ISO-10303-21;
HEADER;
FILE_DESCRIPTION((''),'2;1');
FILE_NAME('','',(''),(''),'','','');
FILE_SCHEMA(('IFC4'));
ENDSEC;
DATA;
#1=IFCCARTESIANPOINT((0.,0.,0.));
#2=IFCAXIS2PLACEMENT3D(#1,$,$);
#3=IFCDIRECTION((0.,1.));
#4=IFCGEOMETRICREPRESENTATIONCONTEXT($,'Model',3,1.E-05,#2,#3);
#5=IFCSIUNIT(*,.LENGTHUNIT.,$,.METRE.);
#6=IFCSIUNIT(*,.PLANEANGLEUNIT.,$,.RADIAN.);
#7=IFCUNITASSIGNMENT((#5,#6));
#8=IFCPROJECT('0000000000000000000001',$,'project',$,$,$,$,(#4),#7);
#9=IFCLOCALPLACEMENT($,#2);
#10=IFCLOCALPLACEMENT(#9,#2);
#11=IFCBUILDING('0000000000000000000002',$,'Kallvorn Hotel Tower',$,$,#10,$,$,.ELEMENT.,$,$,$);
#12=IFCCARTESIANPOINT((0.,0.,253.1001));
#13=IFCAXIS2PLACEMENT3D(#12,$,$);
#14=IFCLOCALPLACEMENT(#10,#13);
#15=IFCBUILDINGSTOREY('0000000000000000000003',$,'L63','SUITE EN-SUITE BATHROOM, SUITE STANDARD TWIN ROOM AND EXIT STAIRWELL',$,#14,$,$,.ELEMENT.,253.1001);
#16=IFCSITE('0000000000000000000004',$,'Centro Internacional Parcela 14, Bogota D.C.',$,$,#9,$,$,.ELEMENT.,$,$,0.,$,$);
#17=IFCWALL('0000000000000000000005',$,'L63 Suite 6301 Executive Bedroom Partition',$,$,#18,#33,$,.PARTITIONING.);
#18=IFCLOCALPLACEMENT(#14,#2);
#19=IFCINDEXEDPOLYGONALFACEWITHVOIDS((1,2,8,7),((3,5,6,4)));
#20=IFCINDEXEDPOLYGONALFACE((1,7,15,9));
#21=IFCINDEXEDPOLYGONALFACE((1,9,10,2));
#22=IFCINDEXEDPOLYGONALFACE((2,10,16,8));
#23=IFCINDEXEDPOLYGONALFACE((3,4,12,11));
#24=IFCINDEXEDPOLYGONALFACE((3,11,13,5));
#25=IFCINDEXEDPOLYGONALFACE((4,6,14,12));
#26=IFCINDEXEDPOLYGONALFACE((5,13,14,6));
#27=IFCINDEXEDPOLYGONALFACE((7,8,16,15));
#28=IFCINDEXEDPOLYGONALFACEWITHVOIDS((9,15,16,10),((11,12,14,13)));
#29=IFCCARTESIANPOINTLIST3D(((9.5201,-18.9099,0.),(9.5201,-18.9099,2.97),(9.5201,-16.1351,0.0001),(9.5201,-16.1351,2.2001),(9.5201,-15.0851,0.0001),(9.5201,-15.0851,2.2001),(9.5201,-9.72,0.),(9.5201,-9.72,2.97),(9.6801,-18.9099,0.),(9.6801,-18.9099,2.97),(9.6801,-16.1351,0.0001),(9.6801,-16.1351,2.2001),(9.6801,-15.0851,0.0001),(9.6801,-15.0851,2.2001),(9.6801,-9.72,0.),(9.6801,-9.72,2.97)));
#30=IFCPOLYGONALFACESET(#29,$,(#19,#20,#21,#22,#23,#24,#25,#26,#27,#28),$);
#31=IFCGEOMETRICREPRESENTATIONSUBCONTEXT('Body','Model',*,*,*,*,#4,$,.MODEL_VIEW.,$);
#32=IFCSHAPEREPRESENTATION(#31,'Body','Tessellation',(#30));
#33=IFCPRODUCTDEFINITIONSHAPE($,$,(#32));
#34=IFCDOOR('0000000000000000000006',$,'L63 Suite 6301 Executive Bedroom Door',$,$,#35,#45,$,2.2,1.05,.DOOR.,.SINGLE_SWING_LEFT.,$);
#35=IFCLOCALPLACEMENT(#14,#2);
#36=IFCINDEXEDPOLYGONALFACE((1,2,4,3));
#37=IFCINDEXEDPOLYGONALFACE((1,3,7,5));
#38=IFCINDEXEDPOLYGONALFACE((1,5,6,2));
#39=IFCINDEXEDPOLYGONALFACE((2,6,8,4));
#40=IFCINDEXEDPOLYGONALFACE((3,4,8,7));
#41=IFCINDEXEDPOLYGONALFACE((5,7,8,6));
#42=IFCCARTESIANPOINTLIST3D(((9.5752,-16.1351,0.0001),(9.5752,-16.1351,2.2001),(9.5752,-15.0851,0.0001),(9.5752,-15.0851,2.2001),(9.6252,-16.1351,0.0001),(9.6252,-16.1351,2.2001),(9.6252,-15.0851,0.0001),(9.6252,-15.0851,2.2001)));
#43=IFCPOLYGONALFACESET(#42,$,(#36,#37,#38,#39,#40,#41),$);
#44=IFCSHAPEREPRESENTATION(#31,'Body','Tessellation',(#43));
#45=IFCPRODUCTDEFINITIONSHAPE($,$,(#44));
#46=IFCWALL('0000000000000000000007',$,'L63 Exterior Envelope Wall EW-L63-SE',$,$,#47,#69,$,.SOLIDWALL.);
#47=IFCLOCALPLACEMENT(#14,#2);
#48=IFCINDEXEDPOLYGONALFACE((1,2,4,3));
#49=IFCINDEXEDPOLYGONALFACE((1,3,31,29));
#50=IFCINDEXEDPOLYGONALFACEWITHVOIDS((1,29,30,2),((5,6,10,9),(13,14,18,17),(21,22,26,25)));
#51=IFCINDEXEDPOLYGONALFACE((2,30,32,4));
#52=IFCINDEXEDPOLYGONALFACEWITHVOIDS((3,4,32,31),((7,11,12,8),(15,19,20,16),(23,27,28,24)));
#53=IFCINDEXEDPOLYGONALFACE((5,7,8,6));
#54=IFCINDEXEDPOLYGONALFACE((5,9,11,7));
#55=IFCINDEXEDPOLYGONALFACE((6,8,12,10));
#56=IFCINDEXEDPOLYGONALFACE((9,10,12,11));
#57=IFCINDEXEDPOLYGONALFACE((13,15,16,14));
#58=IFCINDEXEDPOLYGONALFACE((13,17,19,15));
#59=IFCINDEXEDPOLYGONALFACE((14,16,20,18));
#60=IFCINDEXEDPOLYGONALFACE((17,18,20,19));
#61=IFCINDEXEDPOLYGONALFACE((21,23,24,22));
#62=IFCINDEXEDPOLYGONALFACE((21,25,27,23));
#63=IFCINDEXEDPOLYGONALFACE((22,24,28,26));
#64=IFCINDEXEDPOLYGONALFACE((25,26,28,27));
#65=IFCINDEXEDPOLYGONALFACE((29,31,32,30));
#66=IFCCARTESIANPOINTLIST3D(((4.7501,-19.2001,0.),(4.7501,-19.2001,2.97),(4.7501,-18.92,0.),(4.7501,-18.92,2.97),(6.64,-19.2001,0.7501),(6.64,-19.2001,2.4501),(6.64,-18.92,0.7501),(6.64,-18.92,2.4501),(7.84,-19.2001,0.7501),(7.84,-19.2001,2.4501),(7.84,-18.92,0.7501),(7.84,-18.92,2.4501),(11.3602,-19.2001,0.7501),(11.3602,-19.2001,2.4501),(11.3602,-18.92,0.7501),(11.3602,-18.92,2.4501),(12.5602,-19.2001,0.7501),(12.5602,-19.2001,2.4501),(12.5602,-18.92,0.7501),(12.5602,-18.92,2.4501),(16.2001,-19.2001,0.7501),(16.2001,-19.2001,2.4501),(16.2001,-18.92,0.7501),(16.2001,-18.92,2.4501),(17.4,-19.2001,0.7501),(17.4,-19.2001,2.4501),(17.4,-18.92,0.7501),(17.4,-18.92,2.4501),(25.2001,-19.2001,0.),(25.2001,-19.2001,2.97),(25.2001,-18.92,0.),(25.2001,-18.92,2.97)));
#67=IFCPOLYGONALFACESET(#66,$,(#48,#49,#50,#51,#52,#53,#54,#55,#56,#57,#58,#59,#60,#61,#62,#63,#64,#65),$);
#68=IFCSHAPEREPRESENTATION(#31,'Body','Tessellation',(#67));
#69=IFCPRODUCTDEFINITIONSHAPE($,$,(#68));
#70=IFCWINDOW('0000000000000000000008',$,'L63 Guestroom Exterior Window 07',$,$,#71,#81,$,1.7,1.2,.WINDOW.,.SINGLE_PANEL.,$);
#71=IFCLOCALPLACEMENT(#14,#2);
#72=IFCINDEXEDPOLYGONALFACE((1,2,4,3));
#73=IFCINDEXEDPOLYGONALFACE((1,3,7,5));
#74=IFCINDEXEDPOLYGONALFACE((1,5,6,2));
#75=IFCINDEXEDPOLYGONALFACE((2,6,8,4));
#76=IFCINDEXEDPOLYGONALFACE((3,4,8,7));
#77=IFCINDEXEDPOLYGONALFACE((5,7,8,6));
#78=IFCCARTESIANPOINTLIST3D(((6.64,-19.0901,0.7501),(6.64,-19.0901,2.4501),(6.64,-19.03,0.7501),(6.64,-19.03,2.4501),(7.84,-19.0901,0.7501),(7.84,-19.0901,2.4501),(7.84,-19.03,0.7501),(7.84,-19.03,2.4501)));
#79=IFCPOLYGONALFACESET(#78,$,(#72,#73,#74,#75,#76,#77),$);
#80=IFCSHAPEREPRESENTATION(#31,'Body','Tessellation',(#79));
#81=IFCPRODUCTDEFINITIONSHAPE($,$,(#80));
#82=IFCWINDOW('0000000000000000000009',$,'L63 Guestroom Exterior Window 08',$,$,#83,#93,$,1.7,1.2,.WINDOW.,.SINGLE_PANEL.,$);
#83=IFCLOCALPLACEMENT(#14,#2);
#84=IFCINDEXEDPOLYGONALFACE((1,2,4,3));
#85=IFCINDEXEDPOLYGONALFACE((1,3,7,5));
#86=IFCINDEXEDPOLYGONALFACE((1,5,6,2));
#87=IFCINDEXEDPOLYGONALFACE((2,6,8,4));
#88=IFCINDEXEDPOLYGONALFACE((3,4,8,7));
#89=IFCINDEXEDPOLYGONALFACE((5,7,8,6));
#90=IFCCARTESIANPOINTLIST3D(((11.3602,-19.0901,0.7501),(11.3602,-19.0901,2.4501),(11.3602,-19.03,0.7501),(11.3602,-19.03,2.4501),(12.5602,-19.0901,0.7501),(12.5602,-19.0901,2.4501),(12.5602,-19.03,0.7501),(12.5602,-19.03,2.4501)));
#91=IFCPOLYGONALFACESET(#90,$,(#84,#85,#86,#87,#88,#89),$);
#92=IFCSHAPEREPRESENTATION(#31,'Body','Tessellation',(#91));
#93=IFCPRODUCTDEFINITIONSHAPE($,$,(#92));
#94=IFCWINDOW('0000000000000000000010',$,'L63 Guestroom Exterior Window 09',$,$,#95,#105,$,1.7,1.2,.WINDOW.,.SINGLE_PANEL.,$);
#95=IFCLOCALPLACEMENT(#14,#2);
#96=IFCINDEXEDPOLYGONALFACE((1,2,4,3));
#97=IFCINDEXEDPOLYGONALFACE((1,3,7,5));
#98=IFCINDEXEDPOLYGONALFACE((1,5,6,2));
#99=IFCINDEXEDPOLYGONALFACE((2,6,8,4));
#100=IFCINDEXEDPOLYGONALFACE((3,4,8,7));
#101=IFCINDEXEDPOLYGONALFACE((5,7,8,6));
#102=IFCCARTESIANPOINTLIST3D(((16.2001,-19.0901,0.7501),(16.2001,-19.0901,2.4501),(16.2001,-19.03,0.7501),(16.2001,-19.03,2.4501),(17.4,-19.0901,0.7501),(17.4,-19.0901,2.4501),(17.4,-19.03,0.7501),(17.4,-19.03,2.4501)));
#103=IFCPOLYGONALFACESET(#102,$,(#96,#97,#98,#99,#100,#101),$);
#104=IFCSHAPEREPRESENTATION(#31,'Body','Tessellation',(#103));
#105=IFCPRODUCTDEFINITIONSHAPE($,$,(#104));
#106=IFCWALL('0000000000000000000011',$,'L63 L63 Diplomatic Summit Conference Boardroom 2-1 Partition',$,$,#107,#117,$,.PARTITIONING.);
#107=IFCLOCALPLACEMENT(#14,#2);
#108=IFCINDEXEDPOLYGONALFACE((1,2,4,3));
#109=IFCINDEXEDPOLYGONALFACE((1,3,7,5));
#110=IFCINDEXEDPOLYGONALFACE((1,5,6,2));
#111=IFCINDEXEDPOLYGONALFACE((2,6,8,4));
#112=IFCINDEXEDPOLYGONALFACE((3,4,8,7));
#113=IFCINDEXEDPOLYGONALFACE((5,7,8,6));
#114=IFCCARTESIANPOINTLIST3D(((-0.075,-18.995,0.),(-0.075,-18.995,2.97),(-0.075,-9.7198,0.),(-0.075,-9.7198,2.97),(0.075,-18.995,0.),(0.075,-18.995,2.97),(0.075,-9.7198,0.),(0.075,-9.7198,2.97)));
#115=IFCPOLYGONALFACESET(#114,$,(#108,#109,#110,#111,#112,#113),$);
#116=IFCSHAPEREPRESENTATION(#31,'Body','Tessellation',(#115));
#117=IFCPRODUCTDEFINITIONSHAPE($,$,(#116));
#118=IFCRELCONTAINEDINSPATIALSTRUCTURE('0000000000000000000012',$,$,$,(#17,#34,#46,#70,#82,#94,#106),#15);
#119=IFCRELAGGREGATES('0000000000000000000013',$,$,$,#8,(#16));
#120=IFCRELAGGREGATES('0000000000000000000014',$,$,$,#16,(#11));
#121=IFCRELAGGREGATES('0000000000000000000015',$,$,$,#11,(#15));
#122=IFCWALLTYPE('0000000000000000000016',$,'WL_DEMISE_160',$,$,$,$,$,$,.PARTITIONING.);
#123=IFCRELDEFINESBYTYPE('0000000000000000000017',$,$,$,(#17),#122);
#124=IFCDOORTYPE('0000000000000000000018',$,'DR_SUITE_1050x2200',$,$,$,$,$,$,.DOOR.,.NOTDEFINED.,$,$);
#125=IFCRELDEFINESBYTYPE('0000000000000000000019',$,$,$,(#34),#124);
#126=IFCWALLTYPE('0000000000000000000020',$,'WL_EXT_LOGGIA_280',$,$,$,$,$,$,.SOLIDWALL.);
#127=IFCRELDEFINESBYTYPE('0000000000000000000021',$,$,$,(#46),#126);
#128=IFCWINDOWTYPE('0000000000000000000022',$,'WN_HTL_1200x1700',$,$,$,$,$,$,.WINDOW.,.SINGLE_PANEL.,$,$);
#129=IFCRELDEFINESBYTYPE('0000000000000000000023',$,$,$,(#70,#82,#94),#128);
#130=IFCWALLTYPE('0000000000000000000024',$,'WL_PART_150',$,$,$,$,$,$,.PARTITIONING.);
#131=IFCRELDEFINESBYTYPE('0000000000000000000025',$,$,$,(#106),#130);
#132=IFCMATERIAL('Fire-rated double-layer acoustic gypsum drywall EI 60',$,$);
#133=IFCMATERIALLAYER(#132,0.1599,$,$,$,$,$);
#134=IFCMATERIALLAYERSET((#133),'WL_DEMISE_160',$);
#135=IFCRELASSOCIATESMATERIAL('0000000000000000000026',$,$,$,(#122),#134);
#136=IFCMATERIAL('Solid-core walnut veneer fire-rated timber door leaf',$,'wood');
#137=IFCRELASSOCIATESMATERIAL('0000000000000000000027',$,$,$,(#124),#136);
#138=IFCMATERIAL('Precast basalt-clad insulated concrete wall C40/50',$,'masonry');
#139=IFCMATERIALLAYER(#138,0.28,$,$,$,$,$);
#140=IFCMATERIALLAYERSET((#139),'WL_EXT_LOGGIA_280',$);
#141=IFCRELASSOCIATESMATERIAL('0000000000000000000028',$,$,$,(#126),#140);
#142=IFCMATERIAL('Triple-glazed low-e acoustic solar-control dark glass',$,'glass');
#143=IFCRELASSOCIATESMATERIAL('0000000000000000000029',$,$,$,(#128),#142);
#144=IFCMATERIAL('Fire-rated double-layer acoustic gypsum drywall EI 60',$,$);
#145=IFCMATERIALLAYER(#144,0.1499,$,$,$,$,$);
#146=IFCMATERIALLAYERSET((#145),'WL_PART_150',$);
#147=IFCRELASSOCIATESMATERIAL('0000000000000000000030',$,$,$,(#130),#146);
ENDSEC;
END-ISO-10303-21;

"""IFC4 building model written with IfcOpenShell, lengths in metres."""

from ifc_helpers import new_model, si_unit, direction, frame, frame_2d, origin, place, context, subcontext, project, spatial, rectangle, extrude, material, layer, layer_set, type_object, element, fill, save


model = new_model("IFC4")

# Units and contexts
model_context = context("Model", 3, precision=1e-05, world=origin(), true_north=direction((0.0, 1.0)))
body_context = subcontext(model_context, "Body", "Model", "MODEL_VIEW")
ifc_project = project(units=[si_unit("LENGTHUNIT", "METRE"), si_unit("PLANEANGLEUNIT", "RADIAN")], contexts=[model_context])

# Site, building, storey
site_placement = place(None, origin())
site = spatial("IfcSite", under=ifc_project, at=site_placement, Name="Centro Internacional Parcela 14, Bogota D.C.", CompositionType="ELEMENT", RefElevation=0.0)
building_placement = place(site_placement, origin())
building = spatial("IfcBuilding", under=site, at=building_placement, Name="Kallvorn Hotel Tower", CompositionType="ELEMENT")
storey_placement = place(building_placement, frame((0.0, 0.0, 253.1001)))
storey = spatial("IfcBuildingStorey", under=building, at=storey_placement, Name="L63", Description="SUITE EN-SUITE BATHROOM, SUITE STANDARD TWIN ROOM AND EXIT STAIRWELL", CompositionType="ELEMENT", Elevation=253.1001)

# Shared definitions
ifc_material_1 = material(Name="Fire-rated double-layer acoustic gypsum drywall EI 60")
ifc_layer_1 = layer(ifc_material_1, 0.1599)
ifc_layer_set_1 = layer_set([ifc_layer_1], Name="WL_DEMISE_160")
wall_type_1 = type_object("IfcWallType", Name="WL_DEMISE_160", PredefinedType="PARTITIONING", material=ifc_layer_set_1)

# Wall, opening, door
wall_1_placement = place(storey_placement, frame((9.6001, -18.9099, 0.0), z_axis=(0.0, 0.0, 1.0), x_axis=(0.0, 1.0, 0.0)))
wall_1 = element("IfcWall", 1, at=wall_1_placement, inside=storey, type_object=wall_type_1, Name="L63 Suite 6301 Executive Bedroom Partition", PredefinedType="PARTITIONING", context=body_context, shape_type="SweptSolid", body=[
    extrude(rectangle(XDim=9.1899, YDim=0.1599, at=frame_2d((4.595, 0.0))), origin(), (0.0, 0.0, 1.0), 2.97),
])
opening_1_placement = place(wall_1_placement, frame((2.7749, 0.0, 0.0)))
opening_1 = element("IfcOpeningElement", 2, at=opening_1_placement, cuts=wall_1, PredefinedType="OPENING", context=body_context, shape_type="SweptSolid", body=[
    extrude(rectangle(XDim=1.05, YDim=2.2, at=frame_2d((0.5249, 1.1001))), frame((0.0, 0.095, 0.0), z_axis=(0.0, -1.0, 0.0), x_axis=(1.0, 0.0, 0.0)), (0.0, 0.0, 1.0), 0.1899),
])
ifc_material_2 = material(Name="Solid-core walnut veneer fire-rated timber door leaf", Category="wood")
door_type_1 = type_object("IfcDoorType", Name="DR_SUITE_1050x2200", OperationType="NOTDEFINED", PredefinedType="DOOR", material=ifc_material_2)
door_1_placement = place(opening_1_placement, origin())
door_1 = element("IfcDoor", 3, at=door_1_placement, inside=storey, type_object=door_type_1, Name="L63 Suite 6301 Executive Bedroom Door", OperationType="SINGLE_SWING_LEFT", OverallHeight=2.2, OverallWidth=1.05, PredefinedType="DOOR", context=body_context, shape_type="SweptSolid", body=[
    extrude(rectangle(XDim=1.05, YDim=2.2, at=frame_2d((0.5249, 1.1001))), frame((0.0, 0.0249, 0.0), z_axis=(0.0, -1.0, 0.0), x_axis=(1.0, 0.0, 0.0)), (0.0, 0.0, 1.0), 0.05),
])
fill(opening_1, door_1)

# Wall, openings, windows
ifc_material_3 = material(Name="Precast basalt-clad insulated concrete wall C40/50", Category="masonry")
ifc_layer_2 = layer(ifc_material_3, 0.28)
ifc_layer_set_2 = layer_set([ifc_layer_2], Name="WL_EXT_LOGGIA_280")
wall_type_2 = type_object("IfcWallType", Name="WL_EXT_LOGGIA_280", PredefinedType="SOLIDWALL", material=ifc_layer_set_2)
wall_2_placement = place(storey_placement, frame((4.75, -19.0601, 0.0), z_axis=(0.0, 0.0, 1.0), x_axis=(1.0, 0.0, 0.0)))
wall_2 = element("IfcWall", 4, at=wall_2_placement, inside=storey, type_object=wall_type_2, Name="L63 Exterior Envelope Wall EW-L63-SE", PredefinedType="SOLIDWALL", context=body_context, shape_type="SweptSolid", body=[
    extrude(rectangle(XDim=20.45, YDim=0.28, at=frame_2d((10.2251, 0.0))), origin(), (0.0, 0.0, 1.0), 2.97),
])
opening_2_placement = place(wall_2_placement, frame((1.8899, 0.0, 0.75)))
opening_2 = element("IfcOpeningElement", 5, at=opening_2_placement, cuts=wall_2, PredefinedType="OPENING", context=body_context, shape_type="SweptSolid", body=[
    extrude(rectangle(XDim=1.2, YDim=1.7, at=frame_2d((0.6001, 0.8501))), frame((0.0, 0.155, 0.0), z_axis=(0.0, -1.0, 0.0), x_axis=(1.0, 0.0, 0.0)), (0.0, 0.0, 1.0), 0.3101),
])
opening_3_placement = place(wall_2_placement, frame((6.6101, 0.0, 0.75)))
opening_3 = element("IfcOpeningElement", 6, at=opening_3_placement, cuts=wall_2, PredefinedType="OPENING", context=body_context, shape_type="SweptSolid", body=[
    extrude(rectangle(XDim=1.2, YDim=1.7, at=frame_2d((0.6001, 0.8501))), frame((0.0, 0.155, 0.0), z_axis=(0.0, -1.0, 0.0), x_axis=(1.0, 0.0, 0.0)), (0.0, 0.0, 1.0), 0.3101),
])
opening_4_placement = place(wall_2_placement, frame((11.45, 0.0, 0.75)))
opening_4 = element("IfcOpeningElement", 7, at=opening_4_placement, cuts=wall_2, PredefinedType="OPENING", context=body_context, shape_type="SweptSolid", body=[
    extrude(rectangle(XDim=1.2, YDim=1.7, at=frame_2d((0.6001, 0.8501))), frame((0.0, 0.155, 0.0), z_axis=(0.0, -1.0, 0.0), x_axis=(1.0, 0.0, 0.0)), (0.0, 0.0, 1.0), 0.3101),
])
ifc_material_4 = material(Name="Triple-glazed low-e acoustic solar-control dark glass", Category="glass")
window_type = type_object("IfcWindowType", Name="WN_HTL_1200x1700", PartitioningType="SINGLE_PANEL", PredefinedType="WINDOW", material=ifc_material_4)
window_1_placement = place(opening_2_placement, origin())
window_1 = element("IfcWindow", 8, at=window_1_placement, inside=storey, type_object=window_type, Name="L63 Guestroom Exterior Window 07", OverallHeight=1.7, OverallWidth=1.2, PartitioningType="SINGLE_PANEL", PredefinedType="WINDOW", context=body_context, shape_type="SweptSolid", body=[
    extrude(rectangle(XDim=1.2, YDim=1.7, at=frame_2d((0.6001, 0.8501))), frame((0.0, 0.03, 0.0), z_axis=(0.0, -1.0, 0.0), x_axis=(1.0, 0.0, 0.0)), (0.0, 0.0, 1.0), 0.0601),
])
fill(opening_2, window_1)
window_2_placement = place(opening_3_placement, origin())
window_2 = element("IfcWindow", 9, at=window_2_placement, inside=storey, type_object=window_type, Name="L63 Guestroom Exterior Window 08", OverallHeight=1.7, OverallWidth=1.2, PartitioningType="SINGLE_PANEL", PredefinedType="WINDOW", context=body_context, shape_type="SweptSolid", body=[
    extrude(rectangle(XDim=1.2, YDim=1.7, at=frame_2d((0.6001, 0.8501))), frame((0.0, 0.03, 0.0), z_axis=(0.0, -1.0, 0.0), x_axis=(1.0, 0.0, 0.0)), (0.0, 0.0, 1.0), 0.0601),
])
fill(opening_3, window_2)
window_3_placement = place(opening_4_placement, origin())
window_3 = element("IfcWindow", 10, at=window_3_placement, inside=storey, type_object=window_type, Name="L63 Guestroom Exterior Window 09", OverallHeight=1.7, OverallWidth=1.2, PartitioningType="SINGLE_PANEL", PredefinedType="WINDOW", context=body_context, shape_type="SweptSolid", body=[
    extrude(rectangle(XDim=1.2, YDim=1.7, at=frame_2d((0.6001, 0.8501))), frame((0.0, 0.03, 0.0), z_axis=(0.0, -1.0, 0.0), x_axis=(1.0, 0.0, 0.0)), (0.0, 0.0, 1.0), 0.0601),
])
fill(opening_4, window_3)

# Wall
ifc_material_5 = material(Name="Fire-rated double-layer acoustic gypsum drywall EI 60")
ifc_layer_3 = layer(ifc_material_5, 0.1499)
ifc_layer_set_3 = layer_set([ifc_layer_3], Name="WL_PART_150")
wall_type_3 = type_object("IfcWallType", Name="WL_PART_150", PredefinedType="PARTITIONING", material=ifc_layer_set_3)
wall_3_placement = place(storey_placement, frame((0.0, -18.9951, 0.0), z_axis=(0.0, 0.0, 1.0), x_axis=(0.0, 1.0, 0.0)))
element("IfcWall", 11, at=wall_3_placement, inside=storey, type_object=wall_type_3, Name="L63 L63 Diplomatic Summit Conference Boardroom 2-1 Partition", PredefinedType="PARTITIONING", context=body_context, shape_type="SweptSolid", body=[
    extrude(rectangle(XDim=9.2751, YDim=0.1499, at=frame_2d((4.6377, 0.0))), origin(), (0.0, 0.0, 1.0), 2.97),
])

save(model, "model.ifc")
